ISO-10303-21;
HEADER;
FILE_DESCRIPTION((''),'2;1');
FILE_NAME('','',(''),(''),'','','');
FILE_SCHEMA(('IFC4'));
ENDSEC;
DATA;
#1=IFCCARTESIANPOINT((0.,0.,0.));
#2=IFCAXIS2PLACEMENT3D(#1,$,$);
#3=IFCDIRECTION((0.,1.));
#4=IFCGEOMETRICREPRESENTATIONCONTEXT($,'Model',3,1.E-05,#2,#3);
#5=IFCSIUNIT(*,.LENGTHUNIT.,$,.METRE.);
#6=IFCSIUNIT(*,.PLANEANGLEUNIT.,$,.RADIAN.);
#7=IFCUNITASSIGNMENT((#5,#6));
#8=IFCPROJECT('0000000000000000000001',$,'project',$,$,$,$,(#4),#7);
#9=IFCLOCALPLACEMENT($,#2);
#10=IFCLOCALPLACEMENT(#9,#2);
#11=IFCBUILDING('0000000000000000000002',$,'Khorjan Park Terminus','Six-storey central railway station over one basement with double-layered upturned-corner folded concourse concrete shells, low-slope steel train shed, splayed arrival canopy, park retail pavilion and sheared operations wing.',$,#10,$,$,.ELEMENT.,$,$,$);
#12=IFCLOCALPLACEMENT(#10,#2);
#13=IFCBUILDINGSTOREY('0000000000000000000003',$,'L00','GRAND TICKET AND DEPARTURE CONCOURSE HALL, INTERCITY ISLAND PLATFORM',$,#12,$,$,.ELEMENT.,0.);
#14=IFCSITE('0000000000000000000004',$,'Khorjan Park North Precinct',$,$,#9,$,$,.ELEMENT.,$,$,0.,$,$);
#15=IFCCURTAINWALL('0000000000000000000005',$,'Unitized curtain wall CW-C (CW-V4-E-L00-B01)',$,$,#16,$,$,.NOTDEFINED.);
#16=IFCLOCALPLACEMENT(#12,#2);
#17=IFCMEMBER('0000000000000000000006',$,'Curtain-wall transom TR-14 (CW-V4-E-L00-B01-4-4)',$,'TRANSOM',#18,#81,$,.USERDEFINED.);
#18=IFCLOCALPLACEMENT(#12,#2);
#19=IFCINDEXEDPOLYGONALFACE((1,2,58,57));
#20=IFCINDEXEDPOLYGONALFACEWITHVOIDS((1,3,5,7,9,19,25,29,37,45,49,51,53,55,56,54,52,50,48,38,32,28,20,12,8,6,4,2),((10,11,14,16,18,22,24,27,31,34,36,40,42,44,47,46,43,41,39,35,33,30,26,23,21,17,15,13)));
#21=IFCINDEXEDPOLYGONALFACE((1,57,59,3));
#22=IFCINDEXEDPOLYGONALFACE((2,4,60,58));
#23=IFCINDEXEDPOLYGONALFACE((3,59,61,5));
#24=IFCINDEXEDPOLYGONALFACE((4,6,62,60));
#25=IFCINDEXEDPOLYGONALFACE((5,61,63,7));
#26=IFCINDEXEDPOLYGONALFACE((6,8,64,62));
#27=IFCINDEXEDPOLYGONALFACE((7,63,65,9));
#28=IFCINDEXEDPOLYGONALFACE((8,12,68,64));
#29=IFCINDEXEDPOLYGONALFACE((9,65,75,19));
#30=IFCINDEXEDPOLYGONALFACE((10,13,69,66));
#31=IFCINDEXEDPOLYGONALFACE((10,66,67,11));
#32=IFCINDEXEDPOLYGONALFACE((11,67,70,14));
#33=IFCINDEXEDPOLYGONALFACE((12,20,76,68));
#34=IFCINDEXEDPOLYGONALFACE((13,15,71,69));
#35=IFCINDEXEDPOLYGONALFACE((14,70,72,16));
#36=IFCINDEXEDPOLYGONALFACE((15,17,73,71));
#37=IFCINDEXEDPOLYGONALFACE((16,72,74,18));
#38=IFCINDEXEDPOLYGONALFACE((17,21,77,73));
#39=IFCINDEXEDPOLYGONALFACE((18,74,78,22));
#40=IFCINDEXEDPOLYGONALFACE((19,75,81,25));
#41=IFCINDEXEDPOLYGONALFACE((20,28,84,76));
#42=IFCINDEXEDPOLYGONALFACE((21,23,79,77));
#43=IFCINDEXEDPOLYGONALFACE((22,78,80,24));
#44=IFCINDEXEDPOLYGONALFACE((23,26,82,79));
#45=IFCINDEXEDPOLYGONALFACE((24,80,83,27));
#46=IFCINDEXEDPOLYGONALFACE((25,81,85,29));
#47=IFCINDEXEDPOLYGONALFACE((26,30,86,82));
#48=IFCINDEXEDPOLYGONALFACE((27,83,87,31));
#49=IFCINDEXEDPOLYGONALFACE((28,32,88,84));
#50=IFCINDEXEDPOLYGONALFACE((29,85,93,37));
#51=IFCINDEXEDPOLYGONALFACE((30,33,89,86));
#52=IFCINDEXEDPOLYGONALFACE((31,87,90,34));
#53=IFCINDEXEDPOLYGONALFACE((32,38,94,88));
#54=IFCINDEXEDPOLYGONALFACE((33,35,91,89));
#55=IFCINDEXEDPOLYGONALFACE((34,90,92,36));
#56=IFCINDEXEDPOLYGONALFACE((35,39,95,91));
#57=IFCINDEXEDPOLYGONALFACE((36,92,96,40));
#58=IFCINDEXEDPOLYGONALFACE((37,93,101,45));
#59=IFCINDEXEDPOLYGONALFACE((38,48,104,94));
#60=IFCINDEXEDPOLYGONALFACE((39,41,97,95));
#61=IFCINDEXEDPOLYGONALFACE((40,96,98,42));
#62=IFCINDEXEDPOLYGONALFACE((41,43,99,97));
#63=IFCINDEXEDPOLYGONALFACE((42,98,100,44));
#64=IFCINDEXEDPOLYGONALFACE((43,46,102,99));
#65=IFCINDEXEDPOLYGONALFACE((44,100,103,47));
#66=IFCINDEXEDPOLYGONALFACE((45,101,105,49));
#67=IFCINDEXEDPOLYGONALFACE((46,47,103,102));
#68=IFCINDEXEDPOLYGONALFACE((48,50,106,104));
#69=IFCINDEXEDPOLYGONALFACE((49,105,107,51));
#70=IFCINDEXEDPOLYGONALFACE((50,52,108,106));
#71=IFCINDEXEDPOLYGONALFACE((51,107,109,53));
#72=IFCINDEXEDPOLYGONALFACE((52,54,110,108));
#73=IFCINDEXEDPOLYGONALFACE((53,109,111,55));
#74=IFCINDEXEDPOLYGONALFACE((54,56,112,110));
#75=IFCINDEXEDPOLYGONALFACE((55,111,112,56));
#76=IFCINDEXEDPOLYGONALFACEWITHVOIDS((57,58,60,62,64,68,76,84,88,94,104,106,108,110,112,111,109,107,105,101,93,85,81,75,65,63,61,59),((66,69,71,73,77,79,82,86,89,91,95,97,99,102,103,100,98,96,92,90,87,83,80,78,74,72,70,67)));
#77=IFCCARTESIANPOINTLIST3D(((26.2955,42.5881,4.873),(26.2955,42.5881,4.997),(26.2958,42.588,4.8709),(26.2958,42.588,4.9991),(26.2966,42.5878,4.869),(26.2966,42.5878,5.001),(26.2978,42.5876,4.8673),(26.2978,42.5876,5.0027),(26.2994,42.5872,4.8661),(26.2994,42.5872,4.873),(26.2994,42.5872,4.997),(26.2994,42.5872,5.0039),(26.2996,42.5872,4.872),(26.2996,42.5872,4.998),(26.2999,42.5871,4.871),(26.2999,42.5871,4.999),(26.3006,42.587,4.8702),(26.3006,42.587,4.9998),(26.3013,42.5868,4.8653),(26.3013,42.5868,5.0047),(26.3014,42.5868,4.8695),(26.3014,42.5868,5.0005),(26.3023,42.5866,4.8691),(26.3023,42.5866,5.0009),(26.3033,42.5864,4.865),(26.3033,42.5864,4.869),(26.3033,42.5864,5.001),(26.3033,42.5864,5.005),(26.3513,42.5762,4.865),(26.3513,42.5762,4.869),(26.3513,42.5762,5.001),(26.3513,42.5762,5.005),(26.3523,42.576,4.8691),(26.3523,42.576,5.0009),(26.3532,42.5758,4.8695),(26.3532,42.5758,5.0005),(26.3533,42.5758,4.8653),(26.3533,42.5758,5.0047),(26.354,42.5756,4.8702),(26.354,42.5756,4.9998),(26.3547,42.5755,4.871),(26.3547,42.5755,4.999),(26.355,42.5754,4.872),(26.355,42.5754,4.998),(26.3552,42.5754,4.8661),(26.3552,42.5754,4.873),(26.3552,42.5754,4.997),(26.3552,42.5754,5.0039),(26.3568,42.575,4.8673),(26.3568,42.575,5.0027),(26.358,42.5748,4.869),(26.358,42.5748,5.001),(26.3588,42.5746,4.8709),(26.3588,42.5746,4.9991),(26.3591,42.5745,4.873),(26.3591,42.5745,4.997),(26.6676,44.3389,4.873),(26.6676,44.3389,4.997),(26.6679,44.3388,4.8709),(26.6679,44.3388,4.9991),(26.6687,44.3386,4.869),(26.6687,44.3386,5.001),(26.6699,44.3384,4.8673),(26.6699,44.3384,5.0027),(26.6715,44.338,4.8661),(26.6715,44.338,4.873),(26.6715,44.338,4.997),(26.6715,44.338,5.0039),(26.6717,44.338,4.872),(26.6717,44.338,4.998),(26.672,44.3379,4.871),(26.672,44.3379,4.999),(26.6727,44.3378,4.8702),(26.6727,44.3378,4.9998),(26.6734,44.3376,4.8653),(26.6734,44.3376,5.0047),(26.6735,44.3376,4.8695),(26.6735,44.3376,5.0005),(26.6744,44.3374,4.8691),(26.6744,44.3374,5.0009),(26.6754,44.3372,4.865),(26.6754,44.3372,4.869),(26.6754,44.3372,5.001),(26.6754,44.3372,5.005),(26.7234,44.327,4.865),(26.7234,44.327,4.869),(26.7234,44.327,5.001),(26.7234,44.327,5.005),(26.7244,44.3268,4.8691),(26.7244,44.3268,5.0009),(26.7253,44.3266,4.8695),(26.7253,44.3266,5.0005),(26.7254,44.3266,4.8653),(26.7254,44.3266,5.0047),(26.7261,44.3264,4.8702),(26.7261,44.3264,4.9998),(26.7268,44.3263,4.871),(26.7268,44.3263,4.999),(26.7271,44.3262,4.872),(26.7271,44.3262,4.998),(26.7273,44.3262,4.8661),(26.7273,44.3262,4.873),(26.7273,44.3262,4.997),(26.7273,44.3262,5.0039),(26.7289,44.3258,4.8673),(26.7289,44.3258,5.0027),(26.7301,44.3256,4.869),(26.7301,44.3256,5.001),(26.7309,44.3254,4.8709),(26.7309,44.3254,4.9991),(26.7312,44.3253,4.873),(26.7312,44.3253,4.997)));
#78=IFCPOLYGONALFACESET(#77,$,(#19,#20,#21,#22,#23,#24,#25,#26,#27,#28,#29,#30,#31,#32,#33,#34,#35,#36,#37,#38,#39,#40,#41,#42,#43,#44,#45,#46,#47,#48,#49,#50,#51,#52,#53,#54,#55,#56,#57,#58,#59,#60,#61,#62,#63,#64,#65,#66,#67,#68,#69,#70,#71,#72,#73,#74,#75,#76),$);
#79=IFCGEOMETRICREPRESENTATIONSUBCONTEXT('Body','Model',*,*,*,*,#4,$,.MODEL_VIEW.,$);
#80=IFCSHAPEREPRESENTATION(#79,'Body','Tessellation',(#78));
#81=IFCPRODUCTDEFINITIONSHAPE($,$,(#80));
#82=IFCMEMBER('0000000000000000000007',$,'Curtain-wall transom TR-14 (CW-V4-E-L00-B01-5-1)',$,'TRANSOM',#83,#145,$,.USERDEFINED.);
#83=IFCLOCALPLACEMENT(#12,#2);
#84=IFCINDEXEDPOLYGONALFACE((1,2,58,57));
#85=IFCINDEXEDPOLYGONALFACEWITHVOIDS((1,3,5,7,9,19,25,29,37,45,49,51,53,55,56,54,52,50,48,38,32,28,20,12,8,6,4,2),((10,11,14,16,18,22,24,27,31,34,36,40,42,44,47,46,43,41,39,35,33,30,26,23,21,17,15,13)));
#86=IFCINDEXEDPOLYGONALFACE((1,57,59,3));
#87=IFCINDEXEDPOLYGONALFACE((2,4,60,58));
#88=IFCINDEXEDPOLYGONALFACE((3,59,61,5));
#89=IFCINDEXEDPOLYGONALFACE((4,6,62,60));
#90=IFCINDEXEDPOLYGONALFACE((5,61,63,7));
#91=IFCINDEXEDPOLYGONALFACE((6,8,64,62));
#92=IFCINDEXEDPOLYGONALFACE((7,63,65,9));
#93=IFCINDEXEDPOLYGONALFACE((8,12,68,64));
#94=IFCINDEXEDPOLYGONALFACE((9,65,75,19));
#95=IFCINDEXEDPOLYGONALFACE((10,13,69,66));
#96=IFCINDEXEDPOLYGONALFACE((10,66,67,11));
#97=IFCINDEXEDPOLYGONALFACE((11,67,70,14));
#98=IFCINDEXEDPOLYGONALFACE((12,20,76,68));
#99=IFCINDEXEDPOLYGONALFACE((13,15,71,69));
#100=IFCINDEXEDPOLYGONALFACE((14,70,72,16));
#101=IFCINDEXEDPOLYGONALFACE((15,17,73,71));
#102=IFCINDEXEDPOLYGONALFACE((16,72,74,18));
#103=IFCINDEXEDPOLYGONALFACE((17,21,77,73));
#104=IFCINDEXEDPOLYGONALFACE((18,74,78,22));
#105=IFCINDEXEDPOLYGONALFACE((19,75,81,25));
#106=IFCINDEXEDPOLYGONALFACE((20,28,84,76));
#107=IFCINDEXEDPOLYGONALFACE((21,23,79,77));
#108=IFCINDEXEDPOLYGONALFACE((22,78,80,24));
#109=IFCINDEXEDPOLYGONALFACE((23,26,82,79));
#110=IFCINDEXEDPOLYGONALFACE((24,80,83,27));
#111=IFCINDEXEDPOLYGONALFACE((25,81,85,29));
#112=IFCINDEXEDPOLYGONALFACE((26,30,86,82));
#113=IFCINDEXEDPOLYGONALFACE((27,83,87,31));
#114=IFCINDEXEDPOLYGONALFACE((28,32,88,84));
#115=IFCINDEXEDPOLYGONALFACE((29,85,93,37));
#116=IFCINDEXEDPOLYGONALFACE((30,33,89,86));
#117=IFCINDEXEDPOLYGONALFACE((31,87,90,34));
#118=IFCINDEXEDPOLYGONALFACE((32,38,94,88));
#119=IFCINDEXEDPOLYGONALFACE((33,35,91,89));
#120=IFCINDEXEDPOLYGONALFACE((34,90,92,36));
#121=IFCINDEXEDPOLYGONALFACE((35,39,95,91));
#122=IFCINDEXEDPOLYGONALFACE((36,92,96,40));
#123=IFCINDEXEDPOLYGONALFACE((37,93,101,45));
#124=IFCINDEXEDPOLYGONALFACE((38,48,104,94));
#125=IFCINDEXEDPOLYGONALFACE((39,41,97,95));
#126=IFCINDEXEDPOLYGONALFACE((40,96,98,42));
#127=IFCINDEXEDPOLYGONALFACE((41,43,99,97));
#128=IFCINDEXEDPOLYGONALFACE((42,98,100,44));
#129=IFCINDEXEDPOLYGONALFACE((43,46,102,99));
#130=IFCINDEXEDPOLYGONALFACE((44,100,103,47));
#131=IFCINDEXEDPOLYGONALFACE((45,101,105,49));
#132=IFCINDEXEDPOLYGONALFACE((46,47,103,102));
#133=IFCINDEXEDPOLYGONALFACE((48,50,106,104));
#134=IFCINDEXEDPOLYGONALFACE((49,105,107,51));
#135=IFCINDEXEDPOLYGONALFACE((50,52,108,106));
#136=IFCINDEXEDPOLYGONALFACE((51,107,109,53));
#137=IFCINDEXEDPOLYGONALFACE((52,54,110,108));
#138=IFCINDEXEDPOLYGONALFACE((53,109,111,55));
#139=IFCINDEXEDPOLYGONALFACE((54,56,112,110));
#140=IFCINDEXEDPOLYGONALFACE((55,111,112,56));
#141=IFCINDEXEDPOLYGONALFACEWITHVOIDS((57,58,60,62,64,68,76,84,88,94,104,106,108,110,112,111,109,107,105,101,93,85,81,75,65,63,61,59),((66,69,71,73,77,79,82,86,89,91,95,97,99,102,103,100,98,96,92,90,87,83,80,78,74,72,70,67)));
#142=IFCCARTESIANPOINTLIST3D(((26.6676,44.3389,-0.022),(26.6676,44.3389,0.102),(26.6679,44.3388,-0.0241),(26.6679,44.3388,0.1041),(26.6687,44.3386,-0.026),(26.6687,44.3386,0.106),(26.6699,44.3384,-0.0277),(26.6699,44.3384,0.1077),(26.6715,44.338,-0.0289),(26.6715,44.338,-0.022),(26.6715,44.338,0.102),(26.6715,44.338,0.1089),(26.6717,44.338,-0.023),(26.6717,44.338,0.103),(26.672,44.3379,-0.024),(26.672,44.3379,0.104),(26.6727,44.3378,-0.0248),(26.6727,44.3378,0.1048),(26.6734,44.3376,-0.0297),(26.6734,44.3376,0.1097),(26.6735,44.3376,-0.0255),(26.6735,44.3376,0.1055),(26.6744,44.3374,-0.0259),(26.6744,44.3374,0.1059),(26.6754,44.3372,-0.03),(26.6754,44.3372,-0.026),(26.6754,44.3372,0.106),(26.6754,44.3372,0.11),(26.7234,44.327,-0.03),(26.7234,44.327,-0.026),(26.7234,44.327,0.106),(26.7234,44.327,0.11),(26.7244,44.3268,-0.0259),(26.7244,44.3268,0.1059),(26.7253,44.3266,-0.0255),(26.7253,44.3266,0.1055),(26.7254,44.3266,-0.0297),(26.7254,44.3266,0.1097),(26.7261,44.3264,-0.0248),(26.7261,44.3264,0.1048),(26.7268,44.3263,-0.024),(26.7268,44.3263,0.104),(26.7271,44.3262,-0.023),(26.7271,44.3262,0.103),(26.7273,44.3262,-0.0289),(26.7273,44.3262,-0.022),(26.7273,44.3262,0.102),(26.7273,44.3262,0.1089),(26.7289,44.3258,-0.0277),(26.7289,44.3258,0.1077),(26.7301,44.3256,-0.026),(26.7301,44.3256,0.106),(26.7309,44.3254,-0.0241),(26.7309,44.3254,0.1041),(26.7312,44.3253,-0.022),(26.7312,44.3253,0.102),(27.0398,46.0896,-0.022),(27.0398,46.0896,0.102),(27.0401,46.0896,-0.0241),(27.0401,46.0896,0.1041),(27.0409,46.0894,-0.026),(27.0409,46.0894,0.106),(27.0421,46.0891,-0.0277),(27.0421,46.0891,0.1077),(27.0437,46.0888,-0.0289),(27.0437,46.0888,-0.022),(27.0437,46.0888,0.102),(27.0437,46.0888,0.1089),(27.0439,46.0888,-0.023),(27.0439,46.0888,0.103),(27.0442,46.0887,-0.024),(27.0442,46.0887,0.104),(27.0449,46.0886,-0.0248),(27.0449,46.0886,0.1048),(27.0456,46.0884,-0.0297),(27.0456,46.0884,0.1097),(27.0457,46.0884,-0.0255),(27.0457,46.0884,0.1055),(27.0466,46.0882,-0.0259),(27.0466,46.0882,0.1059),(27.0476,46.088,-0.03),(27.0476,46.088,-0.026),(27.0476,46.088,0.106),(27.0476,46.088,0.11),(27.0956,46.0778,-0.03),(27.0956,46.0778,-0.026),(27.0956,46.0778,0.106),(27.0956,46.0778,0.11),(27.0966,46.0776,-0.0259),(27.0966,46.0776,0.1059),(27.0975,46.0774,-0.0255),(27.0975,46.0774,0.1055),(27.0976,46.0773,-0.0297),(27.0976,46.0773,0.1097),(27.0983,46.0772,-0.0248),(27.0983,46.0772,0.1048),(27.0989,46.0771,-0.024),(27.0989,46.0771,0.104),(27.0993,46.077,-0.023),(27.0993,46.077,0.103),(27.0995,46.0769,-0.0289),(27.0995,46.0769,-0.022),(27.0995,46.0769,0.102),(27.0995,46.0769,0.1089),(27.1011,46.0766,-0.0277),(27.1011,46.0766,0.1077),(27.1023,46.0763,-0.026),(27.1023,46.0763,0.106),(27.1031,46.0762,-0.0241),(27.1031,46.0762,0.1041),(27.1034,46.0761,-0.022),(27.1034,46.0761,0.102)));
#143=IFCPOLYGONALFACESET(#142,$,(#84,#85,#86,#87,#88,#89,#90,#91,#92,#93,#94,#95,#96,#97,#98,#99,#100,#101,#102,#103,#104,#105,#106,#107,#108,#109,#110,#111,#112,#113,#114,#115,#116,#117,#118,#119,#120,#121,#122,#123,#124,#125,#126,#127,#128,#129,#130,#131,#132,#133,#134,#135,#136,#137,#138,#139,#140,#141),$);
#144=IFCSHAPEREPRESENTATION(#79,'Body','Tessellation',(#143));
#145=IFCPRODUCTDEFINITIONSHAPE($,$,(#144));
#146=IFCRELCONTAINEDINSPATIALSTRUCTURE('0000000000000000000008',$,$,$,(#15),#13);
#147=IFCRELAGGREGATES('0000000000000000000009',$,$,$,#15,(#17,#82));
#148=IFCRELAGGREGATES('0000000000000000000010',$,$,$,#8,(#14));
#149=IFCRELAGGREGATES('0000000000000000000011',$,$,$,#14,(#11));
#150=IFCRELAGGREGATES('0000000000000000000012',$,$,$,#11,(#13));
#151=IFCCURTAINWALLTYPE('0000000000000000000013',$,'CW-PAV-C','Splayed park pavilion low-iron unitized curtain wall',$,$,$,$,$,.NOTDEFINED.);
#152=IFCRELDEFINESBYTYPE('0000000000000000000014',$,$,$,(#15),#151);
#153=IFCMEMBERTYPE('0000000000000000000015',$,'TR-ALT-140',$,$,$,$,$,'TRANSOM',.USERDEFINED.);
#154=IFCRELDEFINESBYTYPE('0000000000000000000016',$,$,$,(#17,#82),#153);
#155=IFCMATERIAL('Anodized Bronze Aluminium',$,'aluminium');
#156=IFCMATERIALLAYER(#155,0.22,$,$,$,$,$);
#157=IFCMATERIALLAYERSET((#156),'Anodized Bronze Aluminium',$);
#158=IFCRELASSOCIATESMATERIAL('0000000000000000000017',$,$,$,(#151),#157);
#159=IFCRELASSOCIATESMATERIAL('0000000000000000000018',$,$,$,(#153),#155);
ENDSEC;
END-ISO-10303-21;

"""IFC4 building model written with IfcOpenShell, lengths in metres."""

from ifc_helpers import new_model, si_unit, direction, frame, origin, origin_2d, place, context, subcontext, project, spatial, hollow_rectangle, extrude, material, layer, layer_set, material_profile, profile_set, type_object, element, aggregate, save


model = new_model("IFC4")

# Units and contexts
model_context = context("Model", 3, precision=1e-05, world=origin(), true_north=direction((0.0, 1.0)))
body_context = subcontext(model_context, "Body", "Model", "MODEL_VIEW")
ifc_project = project(units=[si_unit("LENGTHUNIT", "METRE"), si_unit("PLANEANGLEUNIT", "RADIAN")], contexts=[model_context])

# Site, building, storey
site_placement = place(None, origin())
site = spatial("IfcSite", under=ifc_project, at=site_placement, Name="Khorjan Park North Precinct", CompositionType="ELEMENT", RefElevation=0.0)
building_placement = place(site_placement, origin())
building = spatial("IfcBuilding", under=site, at=building_placement, Name="Khorjan Park Terminus", Description="Six-storey central railway station over one basement with double-layered upturned-corner folded concourse concrete shells, low-slope steel train shed, splayed arrival canopy, park retail pavilion and sheared operations wing.", CompositionType="ELEMENT")
storey_placement = place(building_placement, origin())
storey = spatial("IfcBuildingStorey", under=building, at=storey_placement, Name="L00", Description="GRAND TICKET AND DEPARTURE CONCOURSE HALL, INTERCITY ISLAND PLATFORM", CompositionType="ELEMENT", Elevation=0.0)

# Curtain wall, members
ifc_material_1 = material(Name="Anodized Bronze Aluminium", Category="aluminium")
ifc_layer_1 = layer(ifc_material_1, 0.22)
ifc_layer_set_1 = layer_set([ifc_layer_1], Name="Anodized Bronze Aluminium")
curtain_wall_type = type_object("IfcCurtainWallType", Name="CW-PAV-C", Description="Splayed park pavilion low-iron unitized curtain wall", PredefinedType="NOTDEFINED", material=ifc_layer_set_1)
curtain_wall_placement = place(storey_placement, origin())
curtain_wall = element("IfcCurtainWall", 1, at=curtain_wall_placement, inside=storey, type_object=curtain_wall_type, Name="Unitized curtain wall CW-C (CW-V4-E-L00-B01)", PredefinedType="NOTDEFINED")
ifc_material_profile_1 = material_profile(ifc_material_1, hollow_rectangle(XDim=0.065, YDim=0.14, WallThickness=0.004, InnerFilletRadius=0.004, OuterFilletRadius=0.008, at=origin_2d()), Name="ALT 65x140x4")
ifc_profile_set_1 = profile_set([ifc_material_profile_1], Name="Anodized Bronze Aluminium")
member_type_1 = type_object("IfcMemberType", Name="TR-ALT-140", ElementType="TRANSOM", PredefinedType="USERDEFINED", material=ifc_profile_set_1)
member_1_placement = place(storey_placement, frame((26.3273, 42.5813, 4.935), z_axis=(0.207888, 0.978153, 0.0), x_axis=(-0.978153, 0.207888, 0.0)))
member_1 = element("IfcMember", 2, at=member_1_placement, type_object=member_type_1, Name="Curtain-wall transom TR-14 (CW-V4-E-L00-B01-4-4)", ObjectType="TRANSOM", PredefinedType="USERDEFINED", context=body_context, shape_type="SweptSolid", body=[
    extrude(hollow_rectangle(XDim=0.065, YDim=0.14, WallThickness=0.004, InnerFilletRadius=0.004, OuterFilletRadius=0.008, at=origin_2d()), origin(), (0.0, 0.0, 1.0), 1.7899),
])
member_2_placement = place(storey_placement, frame((26.6994, 44.3321, 0.04), z_axis=(0.207942, 0.978141, 0.0), x_axis=(-0.978141, 0.207942, 0.0)))
member_2 = element("IfcMember", 3, at=member_2_placement, type_object=member_type_1, Name="Curtain-wall transom TR-14 (CW-V4-E-L00-B01-5-1)", ObjectType="TRANSOM", PredefinedType="USERDEFINED", context=body_context, shape_type="SweptSolid", body=[
    extrude(hollow_rectangle(XDim=0.065, YDim=0.14, WallThickness=0.004, InnerFilletRadius=0.004, OuterFilletRadius=0.008, at=origin_2d()), origin(), (0.0, 0.0, 1.0), 1.7899),
])
aggregate(curtain_wall, [member_1, member_2])

save(model, "model.ifc")
